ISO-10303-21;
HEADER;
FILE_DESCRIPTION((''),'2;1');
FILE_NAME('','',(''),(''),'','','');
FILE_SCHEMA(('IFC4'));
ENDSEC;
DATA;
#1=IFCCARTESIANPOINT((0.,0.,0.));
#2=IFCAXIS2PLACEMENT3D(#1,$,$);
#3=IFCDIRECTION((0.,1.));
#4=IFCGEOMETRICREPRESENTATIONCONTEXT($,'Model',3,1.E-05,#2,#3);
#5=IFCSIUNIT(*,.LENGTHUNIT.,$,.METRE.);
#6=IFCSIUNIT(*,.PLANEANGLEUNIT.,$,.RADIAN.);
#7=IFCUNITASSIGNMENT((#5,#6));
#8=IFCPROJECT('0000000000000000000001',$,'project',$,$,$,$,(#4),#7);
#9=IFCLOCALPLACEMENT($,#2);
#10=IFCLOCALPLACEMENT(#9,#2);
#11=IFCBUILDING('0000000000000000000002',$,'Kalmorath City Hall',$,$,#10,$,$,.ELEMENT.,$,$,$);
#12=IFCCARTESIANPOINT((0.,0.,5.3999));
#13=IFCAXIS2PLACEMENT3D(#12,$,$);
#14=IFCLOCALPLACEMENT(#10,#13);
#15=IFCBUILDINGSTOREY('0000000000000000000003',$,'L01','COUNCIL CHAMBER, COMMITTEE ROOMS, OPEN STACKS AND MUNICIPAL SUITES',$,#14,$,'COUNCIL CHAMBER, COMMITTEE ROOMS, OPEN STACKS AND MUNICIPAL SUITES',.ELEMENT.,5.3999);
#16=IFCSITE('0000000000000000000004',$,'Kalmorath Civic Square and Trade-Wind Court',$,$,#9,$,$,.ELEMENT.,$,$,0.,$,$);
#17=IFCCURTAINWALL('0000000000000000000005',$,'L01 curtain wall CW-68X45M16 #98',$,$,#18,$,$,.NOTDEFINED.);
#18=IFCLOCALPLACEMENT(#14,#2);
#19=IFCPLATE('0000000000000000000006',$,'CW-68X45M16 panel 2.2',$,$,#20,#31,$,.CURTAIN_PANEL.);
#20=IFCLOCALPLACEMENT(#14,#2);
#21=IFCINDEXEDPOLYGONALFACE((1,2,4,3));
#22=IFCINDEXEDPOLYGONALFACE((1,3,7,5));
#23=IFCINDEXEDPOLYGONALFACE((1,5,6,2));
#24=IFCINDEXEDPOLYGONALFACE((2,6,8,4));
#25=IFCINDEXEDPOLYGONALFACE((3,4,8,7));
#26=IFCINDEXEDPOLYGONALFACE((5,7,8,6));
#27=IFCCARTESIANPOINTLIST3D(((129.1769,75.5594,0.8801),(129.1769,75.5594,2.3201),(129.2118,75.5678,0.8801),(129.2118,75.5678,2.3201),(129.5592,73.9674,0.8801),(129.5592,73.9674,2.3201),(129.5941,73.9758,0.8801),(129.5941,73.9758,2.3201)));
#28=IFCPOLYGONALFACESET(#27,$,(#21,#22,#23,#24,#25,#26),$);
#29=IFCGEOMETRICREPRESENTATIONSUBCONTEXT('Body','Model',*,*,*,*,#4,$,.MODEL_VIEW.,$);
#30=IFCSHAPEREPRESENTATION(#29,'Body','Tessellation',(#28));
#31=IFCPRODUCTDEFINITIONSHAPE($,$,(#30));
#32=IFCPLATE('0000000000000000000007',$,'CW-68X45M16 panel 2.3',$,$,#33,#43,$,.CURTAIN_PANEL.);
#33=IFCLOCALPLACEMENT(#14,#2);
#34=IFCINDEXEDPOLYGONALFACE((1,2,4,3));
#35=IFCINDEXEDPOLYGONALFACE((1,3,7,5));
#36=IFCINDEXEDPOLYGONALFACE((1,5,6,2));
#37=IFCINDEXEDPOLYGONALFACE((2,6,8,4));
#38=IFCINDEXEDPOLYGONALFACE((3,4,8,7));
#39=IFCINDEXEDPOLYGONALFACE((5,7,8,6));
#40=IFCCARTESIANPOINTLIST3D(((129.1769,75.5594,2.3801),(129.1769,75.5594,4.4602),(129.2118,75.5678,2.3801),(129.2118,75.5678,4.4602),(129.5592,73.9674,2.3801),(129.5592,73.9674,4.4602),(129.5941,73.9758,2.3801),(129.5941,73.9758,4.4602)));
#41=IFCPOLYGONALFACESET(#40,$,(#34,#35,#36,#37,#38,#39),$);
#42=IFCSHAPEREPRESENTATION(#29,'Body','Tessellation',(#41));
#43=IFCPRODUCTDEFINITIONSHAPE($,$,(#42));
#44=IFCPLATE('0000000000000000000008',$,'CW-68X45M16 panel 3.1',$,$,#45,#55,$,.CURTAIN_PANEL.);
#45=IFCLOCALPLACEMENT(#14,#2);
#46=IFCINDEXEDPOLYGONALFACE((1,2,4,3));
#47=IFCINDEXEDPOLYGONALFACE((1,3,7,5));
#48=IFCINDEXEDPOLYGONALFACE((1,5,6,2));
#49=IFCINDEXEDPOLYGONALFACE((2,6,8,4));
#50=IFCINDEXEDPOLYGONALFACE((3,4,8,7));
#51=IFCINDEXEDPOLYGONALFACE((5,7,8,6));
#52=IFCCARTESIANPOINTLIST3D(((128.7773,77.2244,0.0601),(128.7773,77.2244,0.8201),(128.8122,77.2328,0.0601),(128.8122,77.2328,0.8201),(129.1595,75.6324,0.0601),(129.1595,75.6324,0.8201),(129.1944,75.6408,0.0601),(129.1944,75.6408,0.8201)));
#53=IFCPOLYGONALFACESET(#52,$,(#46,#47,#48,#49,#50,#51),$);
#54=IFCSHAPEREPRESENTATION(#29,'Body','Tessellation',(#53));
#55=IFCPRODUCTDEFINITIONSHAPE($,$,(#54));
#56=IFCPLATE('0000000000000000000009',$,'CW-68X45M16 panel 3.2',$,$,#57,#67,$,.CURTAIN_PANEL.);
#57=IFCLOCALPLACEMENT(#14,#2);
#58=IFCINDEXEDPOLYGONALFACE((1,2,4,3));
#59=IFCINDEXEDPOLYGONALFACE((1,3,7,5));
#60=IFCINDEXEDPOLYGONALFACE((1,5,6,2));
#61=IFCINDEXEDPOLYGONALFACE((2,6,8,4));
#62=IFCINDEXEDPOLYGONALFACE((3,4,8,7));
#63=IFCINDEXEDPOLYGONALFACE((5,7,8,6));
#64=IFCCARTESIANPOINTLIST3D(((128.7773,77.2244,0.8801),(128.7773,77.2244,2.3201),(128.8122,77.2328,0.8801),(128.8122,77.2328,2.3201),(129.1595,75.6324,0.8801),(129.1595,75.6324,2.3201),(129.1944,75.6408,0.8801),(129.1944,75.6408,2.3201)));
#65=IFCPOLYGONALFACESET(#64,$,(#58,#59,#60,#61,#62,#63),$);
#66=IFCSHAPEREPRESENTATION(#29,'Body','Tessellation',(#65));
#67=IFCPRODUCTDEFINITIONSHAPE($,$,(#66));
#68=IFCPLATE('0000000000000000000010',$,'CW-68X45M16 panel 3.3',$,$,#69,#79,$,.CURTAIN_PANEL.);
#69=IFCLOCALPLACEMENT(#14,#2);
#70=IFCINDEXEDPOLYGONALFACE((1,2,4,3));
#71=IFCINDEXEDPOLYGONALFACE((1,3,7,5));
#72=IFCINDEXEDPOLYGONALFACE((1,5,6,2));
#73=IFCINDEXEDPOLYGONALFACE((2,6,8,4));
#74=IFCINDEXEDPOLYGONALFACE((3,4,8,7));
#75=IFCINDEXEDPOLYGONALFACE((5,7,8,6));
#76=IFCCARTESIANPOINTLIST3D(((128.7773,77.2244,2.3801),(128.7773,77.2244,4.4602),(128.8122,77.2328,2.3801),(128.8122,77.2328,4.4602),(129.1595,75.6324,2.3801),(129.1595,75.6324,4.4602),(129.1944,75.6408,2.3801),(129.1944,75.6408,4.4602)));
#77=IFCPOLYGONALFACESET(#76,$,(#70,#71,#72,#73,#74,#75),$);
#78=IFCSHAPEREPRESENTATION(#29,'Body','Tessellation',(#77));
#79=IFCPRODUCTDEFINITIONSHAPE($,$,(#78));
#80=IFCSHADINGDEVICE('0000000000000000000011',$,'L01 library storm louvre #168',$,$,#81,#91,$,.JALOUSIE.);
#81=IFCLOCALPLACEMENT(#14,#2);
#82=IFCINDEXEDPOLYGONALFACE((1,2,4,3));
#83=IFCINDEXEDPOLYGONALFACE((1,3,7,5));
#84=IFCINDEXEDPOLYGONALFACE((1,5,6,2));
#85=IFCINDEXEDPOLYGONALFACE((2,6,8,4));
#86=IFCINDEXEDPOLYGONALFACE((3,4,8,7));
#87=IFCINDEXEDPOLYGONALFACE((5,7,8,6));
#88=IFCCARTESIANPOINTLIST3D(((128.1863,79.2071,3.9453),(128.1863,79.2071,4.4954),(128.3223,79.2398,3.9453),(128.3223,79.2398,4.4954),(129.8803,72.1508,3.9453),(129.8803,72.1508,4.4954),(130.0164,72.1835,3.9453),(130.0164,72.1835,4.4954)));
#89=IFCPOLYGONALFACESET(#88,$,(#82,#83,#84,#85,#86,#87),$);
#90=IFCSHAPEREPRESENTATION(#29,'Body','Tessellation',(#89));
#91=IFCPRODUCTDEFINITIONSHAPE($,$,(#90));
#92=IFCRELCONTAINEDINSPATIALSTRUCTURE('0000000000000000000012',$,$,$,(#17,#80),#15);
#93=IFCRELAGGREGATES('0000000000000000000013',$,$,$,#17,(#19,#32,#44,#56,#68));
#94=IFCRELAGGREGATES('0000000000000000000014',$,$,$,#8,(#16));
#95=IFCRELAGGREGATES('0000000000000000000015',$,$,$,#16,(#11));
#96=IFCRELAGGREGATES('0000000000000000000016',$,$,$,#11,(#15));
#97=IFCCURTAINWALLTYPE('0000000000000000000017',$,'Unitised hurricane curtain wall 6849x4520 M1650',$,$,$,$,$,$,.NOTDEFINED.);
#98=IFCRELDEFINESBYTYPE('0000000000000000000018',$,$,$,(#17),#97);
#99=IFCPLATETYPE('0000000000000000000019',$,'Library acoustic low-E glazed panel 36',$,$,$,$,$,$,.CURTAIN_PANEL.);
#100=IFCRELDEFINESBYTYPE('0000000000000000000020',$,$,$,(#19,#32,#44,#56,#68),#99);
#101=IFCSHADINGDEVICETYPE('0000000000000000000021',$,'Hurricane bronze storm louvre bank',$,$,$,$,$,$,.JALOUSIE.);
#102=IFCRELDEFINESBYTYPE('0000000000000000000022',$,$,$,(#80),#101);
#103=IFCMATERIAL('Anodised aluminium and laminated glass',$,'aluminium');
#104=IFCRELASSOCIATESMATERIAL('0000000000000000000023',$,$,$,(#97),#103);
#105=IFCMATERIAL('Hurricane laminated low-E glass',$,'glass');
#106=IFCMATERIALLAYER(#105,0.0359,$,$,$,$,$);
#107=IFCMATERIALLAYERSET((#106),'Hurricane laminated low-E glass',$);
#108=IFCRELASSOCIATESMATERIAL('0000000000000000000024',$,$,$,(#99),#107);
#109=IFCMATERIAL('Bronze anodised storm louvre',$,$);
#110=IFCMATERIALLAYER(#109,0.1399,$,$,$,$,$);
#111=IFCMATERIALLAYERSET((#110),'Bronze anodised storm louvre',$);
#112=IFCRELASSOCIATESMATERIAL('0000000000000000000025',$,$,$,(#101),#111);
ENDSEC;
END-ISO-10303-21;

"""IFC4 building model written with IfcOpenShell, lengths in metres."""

from ifc_helpers import new_model, si_unit, direction, frame, origin, origin_2d, place, context, subcontext, project, spatial, rectangle, extrude, material, layer, layer_set, type_object, element, aggregate, save


model = new_model("IFC4")

# Units and contexts
model_context = context("Model", 3, precision=1e-05, world=origin(), true_north=direction((0.0, 1.0)))
body_context = subcontext(model_context, "Body", "Model", "MODEL_VIEW")
ifc_project = project(units=[si_unit("LENGTHUNIT", "METRE"), si_unit("PLANEANGLEUNIT", "RADIAN")], contexts=[model_context])

# Site, building, storey
site_placement = place(None, origin())
site = spatial("IfcSite", under=ifc_project, at=site_placement, Name="Kalmorath Civic Square and Trade-Wind Court", CompositionType="ELEMENT", RefElevation=0.0)
building_placement = place(site_placement, origin())
building = spatial("IfcBuilding", under=site, at=building_placement, Name="Kalmorath City Hall", CompositionType="ELEMENT")
storey_placement = place(building_placement, frame((0.0, 0.0, 5.3999)))
storey = spatial("IfcBuildingStorey", under=building, at=storey_placement, Name="L01", Description="COUNCIL CHAMBER, COMMITTEE ROOMS, OPEN STACKS AND MUNICIPAL SUITES", LongName="COUNCIL CHAMBER, COMMITTEE ROOMS, OPEN STACKS AND MUNICIPAL SUITES", CompositionType="ELEMENT", Elevation=5.3999)

# Curtain wall, plates
ifc_material_1 = material(Name="Anodised aluminium and laminated glass", Category="aluminium")
curtain_wall_type = type_object("IfcCurtainWallType", Name="Unitised hurricane curtain wall 6849x4520 M1650", PredefinedType="NOTDEFINED", material=ifc_material_1)
curtain_wall_placement = place(storey_placement, origin())
curtain_wall = element("IfcCurtainWall", 1, at=curtain_wall_placement, inside=storey, type_object=curtain_wall_type, Name="L01 curtain wall CW-68X45M16 #98", PredefinedType="NOTDEFINED")
ifc_material_2 = material(Name="Hurricane laminated low-E glass", Category="glass")
ifc_layer_1 = layer(ifc_material_2, 0.0359)
ifc_layer_set_1 = layer_set([ifc_layer_1], Name="Hurricane laminated low-E glass")
plate_type = type_object("IfcPlateType", Name="Library acoustic low-E glazed panel 36", PredefinedType="CURTAIN_PANEL", material=ifc_layer_set_1)
plate_1_placement = place(storey_placement, frame((129.3855, 74.7676, 0.8801), z_axis=(0.0, 0.0, 1.0), x_axis=(-0.233456, 0.972367, 0.0)))
plate_1 = element("IfcPlate", 2, at=plate_1_placement, type_object=plate_type, Name="CW-68X45M16 panel 2.2", PredefinedType="CURTAIN_PANEL", context=body_context, shape_type="SweptSolid", body=[
    extrude(rectangle(XDim=1.6372, YDim=0.0359, at=origin_2d()), origin(), (0.0, 0.0, 1.0), 1.4399),
])
plate_2_placement = place(storey_placement, frame((129.3855, 74.7676, 2.3801), z_axis=(0.0, 0.0, 1.0), x_axis=(-0.233456, 0.972367, 0.0)))
plate_2 = element("IfcPlate", 3, at=plate_2_placement, type_object=plate_type, Name="CW-68X45M16 panel 2.3", PredefinedType="CURTAIN_PANEL", context=body_context, shape_type="SweptSolid", body=[
    extrude(rectangle(XDim=1.6372, YDim=0.0359, at=origin_2d()), origin(), (0.0, 0.0, 1.0), 2.0801),
])
plate_3_placement = place(storey_placement, frame((128.9858, 76.4326, 0.0601), z_axis=(0.0, 0.0, 1.0), x_axis=(-0.233456, 0.972367, 0.0)))
plate_3 = element("IfcPlate", 4, at=plate_3_placement, type_object=plate_type, Name="CW-68X45M16 panel 3.1", PredefinedType="CURTAIN_PANEL", context=body_context, shape_type="SweptSolid", body=[
    extrude(rectangle(XDim=1.6372, YDim=0.0359, at=origin_2d()), origin(), (0.0, 0.0, 1.0), 0.76),
])
plate_4_placement = place(storey_placement, frame((128.9858, 76.4326, 0.8801), z_axis=(0.0, 0.0, 1.0), x_axis=(-0.233456, 0.972367, 0.0)))
plate_4 = element("IfcPlate", 5, at=plate_4_placement, type_object=plate_type, Name="CW-68X45M16 panel 3.2", PredefinedType="CURTAIN_PANEL", context=body_context, shape_type="SweptSolid", body=[
    extrude(rectangle(XDim=1.6372, YDim=0.0359, at=origin_2d()), origin(), (0.0, 0.0, 1.0), 1.4399),
])
plate_5_placement = place(storey_placement, frame((128.9858, 76.4326, 2.3801), z_axis=(0.0, 0.0, 1.0), x_axis=(-0.233456, 0.972367, 0.0)))
plate_5 = element("IfcPlate", 6, at=plate_5_placement, type_object=plate_type, Name="CW-68X45M16 panel 3.3", PredefinedType="CURTAIN_PANEL", context=body_context, shape_type="SweptSolid", body=[
    extrude(rectangle(XDim=1.6372, YDim=0.0359, at=origin_2d()), origin(), (0.0, 0.0, 1.0), 2.0801),
])
aggregate(curtain_wall, [plate_1, plate_2, plate_3, plate_4, plate_5])

# Shading device
ifc_material_3 = material(Name="Bronze anodised storm louvre")
ifc_layer_2 = layer(ifc_material_3, 0.1399)
ifc_layer_set_2 = layer_set([ifc_layer_2], Name="Bronze anodised storm louvre")
shading_device_type = type_object("IfcShadingDeviceType", Name="Hurricane bronze storm louvre bank", PredefinedType="JALOUSIE", material=ifc_layer_set_2)
shading_device_placement = place(storey_placement, frame((129.1013, 75.6953, 3.9453), z_axis=(0.0, 0.0, 1.0), x_axis=(-0.233445, 0.97237, 0.0)))
element("IfcShadingDevice", 7, at=shading_device_placement, inside=storey, type_object=shading_device_type, Name="L01 library storm louvre #168", PredefinedType="JALOUSIE", context=body_context, shape_type="SweptSolid", body=[
    extrude(rectangle(XDim=7.2568, YDim=0.1399, at=origin_2d()), origin(), (0.0, 0.0, 1.0), 0.55),
])

save(model, "model.ifc")
